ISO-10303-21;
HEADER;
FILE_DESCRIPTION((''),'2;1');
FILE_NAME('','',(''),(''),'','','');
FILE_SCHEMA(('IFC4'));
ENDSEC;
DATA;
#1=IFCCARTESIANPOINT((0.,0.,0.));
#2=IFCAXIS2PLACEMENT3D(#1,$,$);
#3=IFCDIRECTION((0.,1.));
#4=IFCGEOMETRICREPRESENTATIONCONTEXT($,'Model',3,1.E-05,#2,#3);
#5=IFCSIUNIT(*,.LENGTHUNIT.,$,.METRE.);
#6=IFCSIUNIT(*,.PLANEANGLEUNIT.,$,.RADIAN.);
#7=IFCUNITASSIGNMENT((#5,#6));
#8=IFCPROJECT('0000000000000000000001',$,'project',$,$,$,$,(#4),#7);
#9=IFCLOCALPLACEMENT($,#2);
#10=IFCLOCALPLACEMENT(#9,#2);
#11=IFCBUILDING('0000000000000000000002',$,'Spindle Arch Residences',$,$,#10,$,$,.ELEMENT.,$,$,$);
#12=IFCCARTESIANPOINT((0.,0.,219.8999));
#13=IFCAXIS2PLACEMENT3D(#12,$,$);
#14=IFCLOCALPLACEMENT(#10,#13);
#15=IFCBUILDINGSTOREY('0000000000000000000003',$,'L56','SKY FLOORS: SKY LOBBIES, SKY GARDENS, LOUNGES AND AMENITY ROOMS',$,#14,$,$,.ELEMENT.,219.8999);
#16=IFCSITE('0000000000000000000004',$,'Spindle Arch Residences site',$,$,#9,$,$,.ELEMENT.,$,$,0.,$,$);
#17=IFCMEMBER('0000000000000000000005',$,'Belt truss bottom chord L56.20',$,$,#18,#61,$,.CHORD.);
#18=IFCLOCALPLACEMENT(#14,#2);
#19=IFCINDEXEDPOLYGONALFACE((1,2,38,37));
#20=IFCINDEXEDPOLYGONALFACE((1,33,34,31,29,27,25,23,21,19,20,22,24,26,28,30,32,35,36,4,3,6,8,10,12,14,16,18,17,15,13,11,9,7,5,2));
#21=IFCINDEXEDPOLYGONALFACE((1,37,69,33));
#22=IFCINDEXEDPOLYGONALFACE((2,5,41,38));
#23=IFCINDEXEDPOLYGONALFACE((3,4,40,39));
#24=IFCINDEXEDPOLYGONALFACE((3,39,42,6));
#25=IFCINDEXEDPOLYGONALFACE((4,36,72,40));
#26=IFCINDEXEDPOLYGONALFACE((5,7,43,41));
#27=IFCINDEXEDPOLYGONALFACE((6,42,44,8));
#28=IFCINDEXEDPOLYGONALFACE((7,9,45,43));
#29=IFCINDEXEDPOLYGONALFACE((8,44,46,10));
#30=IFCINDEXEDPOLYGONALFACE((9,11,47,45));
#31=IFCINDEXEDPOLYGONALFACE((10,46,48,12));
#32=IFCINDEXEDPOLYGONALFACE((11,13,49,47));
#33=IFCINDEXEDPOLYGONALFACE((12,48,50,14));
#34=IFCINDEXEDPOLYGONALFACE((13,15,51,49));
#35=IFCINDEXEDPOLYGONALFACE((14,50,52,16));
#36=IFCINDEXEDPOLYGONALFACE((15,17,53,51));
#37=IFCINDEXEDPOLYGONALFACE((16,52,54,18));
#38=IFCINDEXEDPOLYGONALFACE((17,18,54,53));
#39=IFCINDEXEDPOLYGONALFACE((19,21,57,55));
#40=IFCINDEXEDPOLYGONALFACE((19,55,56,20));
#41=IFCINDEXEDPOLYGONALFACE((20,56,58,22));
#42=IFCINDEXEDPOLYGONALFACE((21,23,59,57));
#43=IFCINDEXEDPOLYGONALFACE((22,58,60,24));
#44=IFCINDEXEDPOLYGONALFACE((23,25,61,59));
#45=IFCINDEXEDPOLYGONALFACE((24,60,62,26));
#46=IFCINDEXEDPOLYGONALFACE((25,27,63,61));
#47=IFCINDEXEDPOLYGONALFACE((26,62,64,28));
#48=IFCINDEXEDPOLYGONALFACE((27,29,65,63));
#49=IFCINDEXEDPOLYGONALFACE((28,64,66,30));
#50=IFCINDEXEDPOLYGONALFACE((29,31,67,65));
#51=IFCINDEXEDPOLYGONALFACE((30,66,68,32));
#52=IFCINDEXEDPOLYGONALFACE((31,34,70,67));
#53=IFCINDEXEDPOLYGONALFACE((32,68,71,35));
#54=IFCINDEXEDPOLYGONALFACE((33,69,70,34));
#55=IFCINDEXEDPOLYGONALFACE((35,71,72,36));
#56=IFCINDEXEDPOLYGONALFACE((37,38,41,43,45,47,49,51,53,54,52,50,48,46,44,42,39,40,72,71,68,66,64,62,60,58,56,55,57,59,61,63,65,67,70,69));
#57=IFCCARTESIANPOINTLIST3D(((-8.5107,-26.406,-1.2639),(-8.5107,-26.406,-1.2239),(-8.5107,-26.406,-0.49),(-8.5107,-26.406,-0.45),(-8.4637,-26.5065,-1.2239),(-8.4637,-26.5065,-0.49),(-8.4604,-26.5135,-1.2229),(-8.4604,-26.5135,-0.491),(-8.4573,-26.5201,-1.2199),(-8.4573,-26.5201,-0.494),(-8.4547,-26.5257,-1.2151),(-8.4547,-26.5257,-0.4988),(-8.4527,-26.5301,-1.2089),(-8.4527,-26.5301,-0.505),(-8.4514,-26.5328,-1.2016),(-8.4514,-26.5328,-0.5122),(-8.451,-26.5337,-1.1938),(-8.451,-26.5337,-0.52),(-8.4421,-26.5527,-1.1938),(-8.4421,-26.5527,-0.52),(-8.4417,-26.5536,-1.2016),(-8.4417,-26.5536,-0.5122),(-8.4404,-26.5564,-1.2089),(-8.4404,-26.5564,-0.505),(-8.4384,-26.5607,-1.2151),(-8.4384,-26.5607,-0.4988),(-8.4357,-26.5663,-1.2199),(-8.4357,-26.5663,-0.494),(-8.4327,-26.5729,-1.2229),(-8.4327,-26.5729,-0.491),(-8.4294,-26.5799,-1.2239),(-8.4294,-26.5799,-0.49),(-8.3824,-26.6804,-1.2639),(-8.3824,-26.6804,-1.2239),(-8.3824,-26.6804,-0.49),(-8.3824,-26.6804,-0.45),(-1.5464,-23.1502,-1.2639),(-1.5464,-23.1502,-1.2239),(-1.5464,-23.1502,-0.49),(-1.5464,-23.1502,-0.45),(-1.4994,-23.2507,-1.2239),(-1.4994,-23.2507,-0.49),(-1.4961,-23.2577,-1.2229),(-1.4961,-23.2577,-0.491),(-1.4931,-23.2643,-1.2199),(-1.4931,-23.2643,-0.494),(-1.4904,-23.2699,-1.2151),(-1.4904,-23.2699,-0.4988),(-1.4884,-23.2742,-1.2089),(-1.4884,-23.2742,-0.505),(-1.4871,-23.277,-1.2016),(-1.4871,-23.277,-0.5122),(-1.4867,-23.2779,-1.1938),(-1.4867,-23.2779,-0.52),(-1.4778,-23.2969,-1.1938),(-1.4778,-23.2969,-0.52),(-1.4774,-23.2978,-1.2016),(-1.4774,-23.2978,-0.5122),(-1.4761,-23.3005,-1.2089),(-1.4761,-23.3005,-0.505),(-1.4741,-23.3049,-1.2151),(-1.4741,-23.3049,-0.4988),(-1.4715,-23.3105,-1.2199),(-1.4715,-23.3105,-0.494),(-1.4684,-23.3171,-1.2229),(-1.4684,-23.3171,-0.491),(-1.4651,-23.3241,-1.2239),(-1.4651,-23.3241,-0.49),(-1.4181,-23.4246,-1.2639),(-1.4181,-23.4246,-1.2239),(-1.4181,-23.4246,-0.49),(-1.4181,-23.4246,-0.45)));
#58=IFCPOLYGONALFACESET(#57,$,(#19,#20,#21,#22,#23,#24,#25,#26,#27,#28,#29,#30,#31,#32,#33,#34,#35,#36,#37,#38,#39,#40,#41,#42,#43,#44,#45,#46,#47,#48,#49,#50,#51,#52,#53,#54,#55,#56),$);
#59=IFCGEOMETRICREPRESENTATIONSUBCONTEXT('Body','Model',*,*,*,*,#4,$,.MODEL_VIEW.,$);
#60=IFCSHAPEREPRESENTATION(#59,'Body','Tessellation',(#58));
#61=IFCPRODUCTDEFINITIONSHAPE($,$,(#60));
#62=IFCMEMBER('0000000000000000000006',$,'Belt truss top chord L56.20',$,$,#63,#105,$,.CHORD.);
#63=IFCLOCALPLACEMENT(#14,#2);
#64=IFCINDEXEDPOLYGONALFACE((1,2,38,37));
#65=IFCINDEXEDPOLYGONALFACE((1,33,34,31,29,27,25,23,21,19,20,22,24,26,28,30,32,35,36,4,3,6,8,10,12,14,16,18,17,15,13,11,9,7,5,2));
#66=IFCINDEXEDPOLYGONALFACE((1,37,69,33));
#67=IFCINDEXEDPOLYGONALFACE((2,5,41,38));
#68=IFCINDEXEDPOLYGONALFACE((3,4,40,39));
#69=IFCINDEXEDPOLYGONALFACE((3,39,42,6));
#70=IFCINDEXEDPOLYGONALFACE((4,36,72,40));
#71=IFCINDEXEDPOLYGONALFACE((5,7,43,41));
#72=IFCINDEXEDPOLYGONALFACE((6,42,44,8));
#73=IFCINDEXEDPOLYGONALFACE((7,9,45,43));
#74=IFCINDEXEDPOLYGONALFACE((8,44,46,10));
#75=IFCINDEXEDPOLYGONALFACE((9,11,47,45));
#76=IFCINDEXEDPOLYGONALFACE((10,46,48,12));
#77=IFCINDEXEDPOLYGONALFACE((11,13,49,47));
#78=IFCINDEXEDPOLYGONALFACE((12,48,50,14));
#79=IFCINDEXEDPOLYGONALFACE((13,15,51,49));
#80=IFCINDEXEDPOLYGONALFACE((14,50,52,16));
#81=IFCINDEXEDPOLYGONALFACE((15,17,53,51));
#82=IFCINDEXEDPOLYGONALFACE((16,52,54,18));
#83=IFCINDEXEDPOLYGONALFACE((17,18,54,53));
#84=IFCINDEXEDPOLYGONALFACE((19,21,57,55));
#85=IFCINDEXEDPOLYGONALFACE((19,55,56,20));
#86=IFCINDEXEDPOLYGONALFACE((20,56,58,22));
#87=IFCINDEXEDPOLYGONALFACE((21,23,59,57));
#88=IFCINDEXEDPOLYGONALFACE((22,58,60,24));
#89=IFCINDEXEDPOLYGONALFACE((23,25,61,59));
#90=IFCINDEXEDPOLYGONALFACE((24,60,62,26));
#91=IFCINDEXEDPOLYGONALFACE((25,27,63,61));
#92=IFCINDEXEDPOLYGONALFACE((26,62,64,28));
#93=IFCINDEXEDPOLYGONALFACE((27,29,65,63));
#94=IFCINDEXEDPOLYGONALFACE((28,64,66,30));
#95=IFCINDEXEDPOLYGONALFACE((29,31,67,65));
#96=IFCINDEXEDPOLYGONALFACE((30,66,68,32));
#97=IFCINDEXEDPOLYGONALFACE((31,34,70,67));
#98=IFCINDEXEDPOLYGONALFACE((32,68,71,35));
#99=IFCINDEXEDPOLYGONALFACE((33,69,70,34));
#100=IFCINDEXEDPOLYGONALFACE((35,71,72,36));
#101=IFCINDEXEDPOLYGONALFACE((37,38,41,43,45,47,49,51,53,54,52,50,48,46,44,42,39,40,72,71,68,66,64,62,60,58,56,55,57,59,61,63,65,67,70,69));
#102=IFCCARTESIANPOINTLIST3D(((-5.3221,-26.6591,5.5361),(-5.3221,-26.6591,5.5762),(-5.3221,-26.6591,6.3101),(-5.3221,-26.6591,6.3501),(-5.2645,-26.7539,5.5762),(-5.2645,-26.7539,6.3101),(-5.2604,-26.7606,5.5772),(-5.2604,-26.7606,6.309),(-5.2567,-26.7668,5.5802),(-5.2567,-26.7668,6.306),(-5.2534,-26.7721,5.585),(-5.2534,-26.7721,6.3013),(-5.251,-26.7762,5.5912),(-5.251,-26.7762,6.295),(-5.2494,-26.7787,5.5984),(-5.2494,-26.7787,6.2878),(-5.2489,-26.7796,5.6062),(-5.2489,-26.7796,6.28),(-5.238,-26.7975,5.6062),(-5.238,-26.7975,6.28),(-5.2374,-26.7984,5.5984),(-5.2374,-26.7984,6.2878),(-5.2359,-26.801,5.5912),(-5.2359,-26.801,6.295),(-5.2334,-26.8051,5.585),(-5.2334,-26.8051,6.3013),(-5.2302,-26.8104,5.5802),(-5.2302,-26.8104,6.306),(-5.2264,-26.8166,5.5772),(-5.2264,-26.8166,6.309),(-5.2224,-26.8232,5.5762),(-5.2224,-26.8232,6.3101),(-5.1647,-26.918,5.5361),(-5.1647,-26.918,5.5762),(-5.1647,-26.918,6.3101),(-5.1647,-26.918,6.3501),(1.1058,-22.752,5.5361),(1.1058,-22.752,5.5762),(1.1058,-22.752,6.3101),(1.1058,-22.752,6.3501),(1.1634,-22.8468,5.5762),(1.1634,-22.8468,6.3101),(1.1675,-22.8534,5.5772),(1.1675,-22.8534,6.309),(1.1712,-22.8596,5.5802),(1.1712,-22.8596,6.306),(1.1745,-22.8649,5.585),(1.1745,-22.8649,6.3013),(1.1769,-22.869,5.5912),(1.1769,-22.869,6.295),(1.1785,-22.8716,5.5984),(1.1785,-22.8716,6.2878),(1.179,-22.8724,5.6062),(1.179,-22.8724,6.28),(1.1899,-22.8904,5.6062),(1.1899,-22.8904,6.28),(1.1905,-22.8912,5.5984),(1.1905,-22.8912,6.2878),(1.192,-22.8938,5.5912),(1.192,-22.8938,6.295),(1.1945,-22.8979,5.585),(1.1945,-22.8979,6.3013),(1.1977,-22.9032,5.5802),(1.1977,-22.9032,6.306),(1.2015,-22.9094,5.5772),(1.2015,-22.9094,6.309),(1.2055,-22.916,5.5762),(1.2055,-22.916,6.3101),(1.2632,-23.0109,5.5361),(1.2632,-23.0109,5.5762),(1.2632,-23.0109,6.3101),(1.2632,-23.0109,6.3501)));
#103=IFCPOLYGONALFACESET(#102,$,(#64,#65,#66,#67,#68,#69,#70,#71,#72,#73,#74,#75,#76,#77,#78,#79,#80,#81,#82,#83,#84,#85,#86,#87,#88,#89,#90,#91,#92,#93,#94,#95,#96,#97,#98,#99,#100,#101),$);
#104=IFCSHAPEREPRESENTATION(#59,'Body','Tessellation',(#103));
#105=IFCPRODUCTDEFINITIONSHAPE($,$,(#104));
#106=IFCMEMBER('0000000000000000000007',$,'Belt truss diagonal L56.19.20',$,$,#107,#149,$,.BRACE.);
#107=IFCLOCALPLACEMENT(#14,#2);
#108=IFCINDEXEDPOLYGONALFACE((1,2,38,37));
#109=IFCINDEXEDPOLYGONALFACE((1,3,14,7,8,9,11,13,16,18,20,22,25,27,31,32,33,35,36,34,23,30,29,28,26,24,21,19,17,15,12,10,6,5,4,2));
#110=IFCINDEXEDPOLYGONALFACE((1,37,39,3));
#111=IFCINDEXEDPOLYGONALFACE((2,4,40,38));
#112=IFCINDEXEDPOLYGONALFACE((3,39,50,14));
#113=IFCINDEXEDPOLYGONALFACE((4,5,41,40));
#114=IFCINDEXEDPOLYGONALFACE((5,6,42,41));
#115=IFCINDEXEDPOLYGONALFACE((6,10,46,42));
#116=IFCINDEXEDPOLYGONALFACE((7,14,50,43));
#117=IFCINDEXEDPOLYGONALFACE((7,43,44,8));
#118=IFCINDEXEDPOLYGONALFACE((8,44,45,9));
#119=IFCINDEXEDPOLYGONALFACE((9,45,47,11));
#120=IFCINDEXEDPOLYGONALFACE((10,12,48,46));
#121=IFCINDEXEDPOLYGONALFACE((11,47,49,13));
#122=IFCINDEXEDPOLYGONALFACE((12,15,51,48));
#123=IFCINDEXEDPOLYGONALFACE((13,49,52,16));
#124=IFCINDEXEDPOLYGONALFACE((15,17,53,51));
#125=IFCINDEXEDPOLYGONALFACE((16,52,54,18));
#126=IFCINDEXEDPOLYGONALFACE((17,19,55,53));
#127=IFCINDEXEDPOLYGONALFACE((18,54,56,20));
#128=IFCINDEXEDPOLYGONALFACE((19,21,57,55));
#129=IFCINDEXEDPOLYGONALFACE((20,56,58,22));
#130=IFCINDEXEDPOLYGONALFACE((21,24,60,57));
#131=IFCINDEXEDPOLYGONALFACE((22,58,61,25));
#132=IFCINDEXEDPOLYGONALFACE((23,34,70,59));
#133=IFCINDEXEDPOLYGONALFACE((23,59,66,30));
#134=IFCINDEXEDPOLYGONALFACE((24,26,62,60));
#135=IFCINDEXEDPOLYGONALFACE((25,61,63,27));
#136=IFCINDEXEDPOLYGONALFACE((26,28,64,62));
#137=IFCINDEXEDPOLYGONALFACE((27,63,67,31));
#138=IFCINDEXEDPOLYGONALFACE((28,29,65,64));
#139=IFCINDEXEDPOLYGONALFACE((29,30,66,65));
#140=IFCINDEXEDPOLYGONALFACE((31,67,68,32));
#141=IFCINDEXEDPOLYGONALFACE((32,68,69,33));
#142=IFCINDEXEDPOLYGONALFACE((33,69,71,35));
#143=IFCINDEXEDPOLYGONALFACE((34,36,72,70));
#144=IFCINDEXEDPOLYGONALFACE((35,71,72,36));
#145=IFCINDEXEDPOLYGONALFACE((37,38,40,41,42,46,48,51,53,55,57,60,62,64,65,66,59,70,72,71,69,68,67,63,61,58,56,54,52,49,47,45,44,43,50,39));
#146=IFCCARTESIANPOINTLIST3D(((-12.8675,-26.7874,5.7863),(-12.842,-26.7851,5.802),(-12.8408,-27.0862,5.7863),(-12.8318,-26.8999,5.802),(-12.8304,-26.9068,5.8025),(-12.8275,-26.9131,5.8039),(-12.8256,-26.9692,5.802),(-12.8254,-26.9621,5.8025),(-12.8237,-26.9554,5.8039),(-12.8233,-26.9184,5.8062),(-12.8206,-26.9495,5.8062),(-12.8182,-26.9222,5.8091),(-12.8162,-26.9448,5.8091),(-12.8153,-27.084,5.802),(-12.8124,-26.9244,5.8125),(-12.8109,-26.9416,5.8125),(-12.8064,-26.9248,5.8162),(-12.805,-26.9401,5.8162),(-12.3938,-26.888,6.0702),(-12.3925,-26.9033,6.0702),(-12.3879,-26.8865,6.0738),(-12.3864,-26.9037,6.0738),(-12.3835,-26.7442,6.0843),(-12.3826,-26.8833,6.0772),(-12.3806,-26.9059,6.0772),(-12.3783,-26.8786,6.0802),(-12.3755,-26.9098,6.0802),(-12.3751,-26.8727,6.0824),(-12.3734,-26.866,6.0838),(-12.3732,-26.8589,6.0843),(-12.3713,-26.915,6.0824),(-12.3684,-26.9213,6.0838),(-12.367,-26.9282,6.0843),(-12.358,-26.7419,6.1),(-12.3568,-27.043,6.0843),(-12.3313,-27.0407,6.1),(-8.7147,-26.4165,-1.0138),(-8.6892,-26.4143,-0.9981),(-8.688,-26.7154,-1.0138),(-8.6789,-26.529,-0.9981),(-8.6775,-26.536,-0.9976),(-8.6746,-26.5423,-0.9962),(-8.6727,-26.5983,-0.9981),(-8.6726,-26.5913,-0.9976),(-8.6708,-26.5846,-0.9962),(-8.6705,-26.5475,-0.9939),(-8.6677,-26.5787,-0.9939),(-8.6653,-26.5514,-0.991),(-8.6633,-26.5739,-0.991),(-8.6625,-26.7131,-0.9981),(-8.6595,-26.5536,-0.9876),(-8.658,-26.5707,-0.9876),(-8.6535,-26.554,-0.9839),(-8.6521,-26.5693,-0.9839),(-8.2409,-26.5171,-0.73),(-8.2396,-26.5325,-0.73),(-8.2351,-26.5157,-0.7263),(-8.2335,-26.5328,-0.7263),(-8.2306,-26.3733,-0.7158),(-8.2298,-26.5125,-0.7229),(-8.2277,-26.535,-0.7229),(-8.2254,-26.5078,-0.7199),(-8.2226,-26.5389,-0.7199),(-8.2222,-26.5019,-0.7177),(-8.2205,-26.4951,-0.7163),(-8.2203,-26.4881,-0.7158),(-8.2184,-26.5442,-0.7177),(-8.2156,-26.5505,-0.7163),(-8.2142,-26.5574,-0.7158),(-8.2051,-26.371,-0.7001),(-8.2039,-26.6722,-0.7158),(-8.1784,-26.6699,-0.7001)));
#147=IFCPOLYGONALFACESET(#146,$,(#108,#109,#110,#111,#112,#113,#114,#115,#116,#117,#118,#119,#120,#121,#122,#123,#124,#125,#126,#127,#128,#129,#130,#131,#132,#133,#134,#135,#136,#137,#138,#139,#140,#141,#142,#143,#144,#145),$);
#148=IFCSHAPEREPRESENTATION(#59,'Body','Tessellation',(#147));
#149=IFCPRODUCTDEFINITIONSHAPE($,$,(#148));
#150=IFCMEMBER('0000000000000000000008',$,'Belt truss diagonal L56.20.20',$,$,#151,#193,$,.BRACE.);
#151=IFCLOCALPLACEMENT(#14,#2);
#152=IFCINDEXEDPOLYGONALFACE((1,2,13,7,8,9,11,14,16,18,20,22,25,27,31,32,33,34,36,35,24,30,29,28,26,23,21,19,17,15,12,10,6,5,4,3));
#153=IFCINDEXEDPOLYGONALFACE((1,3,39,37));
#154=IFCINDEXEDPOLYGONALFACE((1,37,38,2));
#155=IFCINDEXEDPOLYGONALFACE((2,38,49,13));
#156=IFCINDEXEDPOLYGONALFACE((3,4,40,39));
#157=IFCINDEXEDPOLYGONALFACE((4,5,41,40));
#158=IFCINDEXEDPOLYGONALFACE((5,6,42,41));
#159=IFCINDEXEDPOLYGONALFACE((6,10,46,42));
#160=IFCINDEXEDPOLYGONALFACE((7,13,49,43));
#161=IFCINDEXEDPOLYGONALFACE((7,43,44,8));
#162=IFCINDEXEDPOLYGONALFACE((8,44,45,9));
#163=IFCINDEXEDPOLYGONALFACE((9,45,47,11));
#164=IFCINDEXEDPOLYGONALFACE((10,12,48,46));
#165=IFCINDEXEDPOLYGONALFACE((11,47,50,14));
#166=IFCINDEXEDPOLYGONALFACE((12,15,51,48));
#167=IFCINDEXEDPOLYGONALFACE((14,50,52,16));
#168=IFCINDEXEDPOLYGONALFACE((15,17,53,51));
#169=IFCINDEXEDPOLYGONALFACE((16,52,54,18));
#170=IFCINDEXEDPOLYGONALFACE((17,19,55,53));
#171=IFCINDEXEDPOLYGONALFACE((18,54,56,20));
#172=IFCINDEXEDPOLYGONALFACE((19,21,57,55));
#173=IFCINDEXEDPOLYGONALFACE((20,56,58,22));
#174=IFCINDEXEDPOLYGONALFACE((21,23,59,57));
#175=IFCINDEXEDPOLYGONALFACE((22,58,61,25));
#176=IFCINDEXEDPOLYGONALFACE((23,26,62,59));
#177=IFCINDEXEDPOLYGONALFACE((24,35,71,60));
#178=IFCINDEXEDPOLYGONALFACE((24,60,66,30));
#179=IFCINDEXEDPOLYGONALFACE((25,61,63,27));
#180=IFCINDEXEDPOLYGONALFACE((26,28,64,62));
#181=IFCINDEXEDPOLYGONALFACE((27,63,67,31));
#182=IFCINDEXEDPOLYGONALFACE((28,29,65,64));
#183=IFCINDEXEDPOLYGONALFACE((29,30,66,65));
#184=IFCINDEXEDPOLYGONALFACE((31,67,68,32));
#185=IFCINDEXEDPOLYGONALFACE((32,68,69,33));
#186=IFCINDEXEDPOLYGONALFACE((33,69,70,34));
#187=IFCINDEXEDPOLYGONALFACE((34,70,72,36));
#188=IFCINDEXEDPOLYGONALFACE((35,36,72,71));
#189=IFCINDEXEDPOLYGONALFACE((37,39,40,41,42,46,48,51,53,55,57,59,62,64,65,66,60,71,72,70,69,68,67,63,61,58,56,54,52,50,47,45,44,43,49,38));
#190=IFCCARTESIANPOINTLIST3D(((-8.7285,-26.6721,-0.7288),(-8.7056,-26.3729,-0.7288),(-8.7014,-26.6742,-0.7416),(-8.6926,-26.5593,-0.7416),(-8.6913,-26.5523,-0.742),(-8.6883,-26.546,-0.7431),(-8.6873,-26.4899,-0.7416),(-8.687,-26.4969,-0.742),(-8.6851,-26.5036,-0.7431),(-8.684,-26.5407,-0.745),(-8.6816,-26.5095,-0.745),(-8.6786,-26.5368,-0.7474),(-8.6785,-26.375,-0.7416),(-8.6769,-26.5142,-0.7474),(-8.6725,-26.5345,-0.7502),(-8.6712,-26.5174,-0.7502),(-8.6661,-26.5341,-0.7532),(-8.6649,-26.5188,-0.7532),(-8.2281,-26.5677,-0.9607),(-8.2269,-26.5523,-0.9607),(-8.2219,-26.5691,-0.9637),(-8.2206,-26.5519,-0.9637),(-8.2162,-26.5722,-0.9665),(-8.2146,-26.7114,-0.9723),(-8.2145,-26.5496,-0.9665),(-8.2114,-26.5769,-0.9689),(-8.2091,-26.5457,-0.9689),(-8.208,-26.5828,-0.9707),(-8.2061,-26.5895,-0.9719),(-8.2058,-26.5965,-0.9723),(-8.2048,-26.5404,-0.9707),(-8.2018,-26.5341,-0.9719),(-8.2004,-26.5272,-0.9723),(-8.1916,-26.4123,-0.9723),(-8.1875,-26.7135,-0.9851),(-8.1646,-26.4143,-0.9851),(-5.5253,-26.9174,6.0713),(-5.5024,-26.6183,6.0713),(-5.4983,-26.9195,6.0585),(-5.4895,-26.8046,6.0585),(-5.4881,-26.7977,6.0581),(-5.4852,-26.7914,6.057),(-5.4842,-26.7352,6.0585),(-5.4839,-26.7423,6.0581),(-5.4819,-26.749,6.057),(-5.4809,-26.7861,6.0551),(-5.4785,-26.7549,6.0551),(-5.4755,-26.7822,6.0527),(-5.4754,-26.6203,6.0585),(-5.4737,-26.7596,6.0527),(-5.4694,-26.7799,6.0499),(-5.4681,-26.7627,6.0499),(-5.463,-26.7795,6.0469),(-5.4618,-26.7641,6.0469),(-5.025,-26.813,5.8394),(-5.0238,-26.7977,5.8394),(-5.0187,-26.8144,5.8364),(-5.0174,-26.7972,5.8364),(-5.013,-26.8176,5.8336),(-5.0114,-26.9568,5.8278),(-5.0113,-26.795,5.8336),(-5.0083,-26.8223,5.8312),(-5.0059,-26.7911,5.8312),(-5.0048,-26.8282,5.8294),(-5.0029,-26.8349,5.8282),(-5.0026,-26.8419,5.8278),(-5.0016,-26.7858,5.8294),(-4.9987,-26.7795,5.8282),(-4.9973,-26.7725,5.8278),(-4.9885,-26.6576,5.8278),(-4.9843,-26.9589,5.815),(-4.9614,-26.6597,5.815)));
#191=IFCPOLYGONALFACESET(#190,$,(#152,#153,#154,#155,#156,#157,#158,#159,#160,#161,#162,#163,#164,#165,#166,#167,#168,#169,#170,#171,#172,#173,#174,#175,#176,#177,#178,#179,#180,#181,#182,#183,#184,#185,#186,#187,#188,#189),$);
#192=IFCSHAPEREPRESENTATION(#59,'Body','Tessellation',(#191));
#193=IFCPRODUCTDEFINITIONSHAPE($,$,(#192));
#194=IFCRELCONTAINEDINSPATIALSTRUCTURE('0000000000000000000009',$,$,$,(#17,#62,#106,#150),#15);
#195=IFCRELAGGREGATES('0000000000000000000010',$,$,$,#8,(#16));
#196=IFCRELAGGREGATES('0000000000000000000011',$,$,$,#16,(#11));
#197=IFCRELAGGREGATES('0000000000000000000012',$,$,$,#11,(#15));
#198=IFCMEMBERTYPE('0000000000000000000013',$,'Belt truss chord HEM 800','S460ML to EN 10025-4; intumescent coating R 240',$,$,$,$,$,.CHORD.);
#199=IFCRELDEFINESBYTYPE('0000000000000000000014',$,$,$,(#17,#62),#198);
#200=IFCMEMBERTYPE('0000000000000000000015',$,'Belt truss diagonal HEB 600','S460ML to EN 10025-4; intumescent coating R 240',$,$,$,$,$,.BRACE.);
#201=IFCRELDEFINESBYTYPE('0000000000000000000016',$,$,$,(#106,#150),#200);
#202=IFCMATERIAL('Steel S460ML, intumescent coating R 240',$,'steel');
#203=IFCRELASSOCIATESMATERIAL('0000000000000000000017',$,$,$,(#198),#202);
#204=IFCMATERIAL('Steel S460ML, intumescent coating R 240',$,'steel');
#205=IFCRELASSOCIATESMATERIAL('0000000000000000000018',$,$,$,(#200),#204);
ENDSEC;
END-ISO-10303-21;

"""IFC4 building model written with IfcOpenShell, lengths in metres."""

from ifc_helpers import new_model, si_unit, direction, frame, origin, origin_2d, place, context, subcontext, project, spatial, i_section, extrude, material, material_profile, profile_set, type_object, element, save


model = new_model("IFC4")

# Units and contexts
model_context = context("Model", 3, precision=1e-05, world=origin(), true_north=direction((0.0, 1.0)))
body_context = subcontext(model_context, "Body", "Model", "MODEL_VIEW")
ifc_project = project(units=[si_unit("LENGTHUNIT", "METRE"), si_unit("PLANEANGLEUNIT", "RADIAN")], contexts=[model_context])

# Site, building, storey
site_placement = place(None, origin())
site = spatial("IfcSite", under=ifc_project, at=site_placement, Name="Spindle Arch Residences site", CompositionType="ELEMENT", RefElevation=0.0)
building_placement = place(site_placement, origin())
building = spatial("IfcBuilding", under=site, at=building_placement, Name="Spindle Arch Residences", CompositionType="ELEMENT")
storey_placement = place(building_placement, frame((0.0, 0.0, 219.8999)))
storey = spatial("IfcBuildingStorey", under=building, at=storey_placement, Name="L56", Description="SKY FLOORS: SKY LOBBIES, SKY GARDENS, LOUNGES AND AMENITY ROOMS", CompositionType="ELEMENT", Elevation=219.8999)

# Members
ifc_material_1 = material(Name="Steel S460ML, intumescent coating R 240", Category="steel")
ifc_material_profile_1 = material_profile(ifc_material_1, i_section(OverallWidth=0.303, OverallDepth=0.814, WebThickness=0.021, FlangeThickness=0.04, FilletRadius=0.03, at=origin_2d()), Name="HEM 800")
ifc_profile_set_1 = profile_set([ifc_material_profile_1], Name="Steel S460ML, intumescent coating R 240")
member_type_1 = type_object("IfcMemberType", Name="Belt truss chord HEM 800", Description="S460ML to EN 10025-4; intumescent coating R 240", PredefinedType="CHORD", material=ifc_profile_set_1)
member_1_placement = place(storey_placement, frame((-8.4465, -26.5432, -0.8569), z_axis=(0.905892, 0.423508, 0.0), x_axis=(-0.423508, 0.905892, 0.0)))
element("IfcMember", 1, at=member_1_placement, inside=storey, type_object=member_type_1, Name="Belt truss bottom chord L56.20", PredefinedType="CHORD", context=body_context, shape_type="SweptSolid", body=[
    extrude(i_section(OverallWidth=0.303, OverallDepth=0.814, WebThickness=0.021, FlangeThickness=0.04, FilletRadius=0.03, at=origin_2d()), origin(), (0.0, 0.0, 1.0), 7.6877),
])
member_2_placement = place(storey_placement, frame((-5.2434, -26.7886, 5.9431), z_axis=(0.854521, 0.519418, 0.0), x_axis=(-0.519418, 0.854521, 0.0)))
element("IfcMember", 2, at=member_2_placement, inside=storey, type_object=member_type_1, Name="Belt truss top chord L56.20", PredefinedType="CHORD", context=body_context, shape_type="SweptSolid", body=[
    extrude(i_section(OverallWidth=0.303, OverallDepth=0.814, WebThickness=0.021, FlangeThickness=0.04, FilletRadius=0.03, at=origin_2d()), origin(), (0.0, 0.0, 1.0), 7.5222),
])
ifc_material_2 = material(Name="Steel S460ML, intumescent coating R 240", Category="steel")
ifc_material_profile_2 = material_profile(ifc_material_2, i_section(OverallWidth=0.3, OverallDepth=0.6001, WebThickness=0.0154, FlangeThickness=0.03, FilletRadius=0.0271, at=origin_2d()), Name="HEB 600")
ifc_profile_set_2 = profile_set([ifc_material_profile_2], Name="Steel S460ML, intumescent coating R 240")
member_type_2 = type_object("IfcMemberType", Name="Belt truss diagonal HEB 600", Description="S460ML to EN 10025-4; intumescent coating R 240", PredefinedType="BRACE", material=ifc_profile_set_2)
member_3_placement = place(storey_placement, frame((-8.4465, -26.5432, -0.8569), z_axis=(-0.520635, -0.046493, 0.852513), x_axis=(0.088946, -0.996036, 0.0)))
element("IfcMember", 3, at=member_3_placement, inside=storey, type_object=member_type_2, Name="Belt truss diagonal L56.19.20", PredefinedType="BRACE", context=body_context, shape_type="SweptSolid", body=[
    extrude(i_section(OverallWidth=0.3, OverallDepth=0.6001, WebThickness=0.0154, FlangeThickness=0.03, FilletRadius=0.0271, at=origin_2d()), origin(), (0.0, 0.0, 1.0), 7.9766),
])
member_4_placement = place(storey_placement, frame((-8.4465, -26.5432, -0.8569), z_axis=(0.425908, -0.032625, 0.904178), x_axis=(0.076377, 0.997079, 0.0)))
element("IfcMember", 4, at=member_4_placement, inside=storey, type_object=member_type_2, Name="Belt truss diagonal L56.20.20", PredefinedType="BRACE", context=body_context, shape_type="SweptSolid", body=[
    extrude(i_section(OverallWidth=0.3, OverallDepth=0.6001, WebThickness=0.0154, FlangeThickness=0.03, FilletRadius=0.0271, at=origin_2d()), origin(), (0.0, 0.0, 1.0), 7.5208),
])

save(model, "model.ifc")
